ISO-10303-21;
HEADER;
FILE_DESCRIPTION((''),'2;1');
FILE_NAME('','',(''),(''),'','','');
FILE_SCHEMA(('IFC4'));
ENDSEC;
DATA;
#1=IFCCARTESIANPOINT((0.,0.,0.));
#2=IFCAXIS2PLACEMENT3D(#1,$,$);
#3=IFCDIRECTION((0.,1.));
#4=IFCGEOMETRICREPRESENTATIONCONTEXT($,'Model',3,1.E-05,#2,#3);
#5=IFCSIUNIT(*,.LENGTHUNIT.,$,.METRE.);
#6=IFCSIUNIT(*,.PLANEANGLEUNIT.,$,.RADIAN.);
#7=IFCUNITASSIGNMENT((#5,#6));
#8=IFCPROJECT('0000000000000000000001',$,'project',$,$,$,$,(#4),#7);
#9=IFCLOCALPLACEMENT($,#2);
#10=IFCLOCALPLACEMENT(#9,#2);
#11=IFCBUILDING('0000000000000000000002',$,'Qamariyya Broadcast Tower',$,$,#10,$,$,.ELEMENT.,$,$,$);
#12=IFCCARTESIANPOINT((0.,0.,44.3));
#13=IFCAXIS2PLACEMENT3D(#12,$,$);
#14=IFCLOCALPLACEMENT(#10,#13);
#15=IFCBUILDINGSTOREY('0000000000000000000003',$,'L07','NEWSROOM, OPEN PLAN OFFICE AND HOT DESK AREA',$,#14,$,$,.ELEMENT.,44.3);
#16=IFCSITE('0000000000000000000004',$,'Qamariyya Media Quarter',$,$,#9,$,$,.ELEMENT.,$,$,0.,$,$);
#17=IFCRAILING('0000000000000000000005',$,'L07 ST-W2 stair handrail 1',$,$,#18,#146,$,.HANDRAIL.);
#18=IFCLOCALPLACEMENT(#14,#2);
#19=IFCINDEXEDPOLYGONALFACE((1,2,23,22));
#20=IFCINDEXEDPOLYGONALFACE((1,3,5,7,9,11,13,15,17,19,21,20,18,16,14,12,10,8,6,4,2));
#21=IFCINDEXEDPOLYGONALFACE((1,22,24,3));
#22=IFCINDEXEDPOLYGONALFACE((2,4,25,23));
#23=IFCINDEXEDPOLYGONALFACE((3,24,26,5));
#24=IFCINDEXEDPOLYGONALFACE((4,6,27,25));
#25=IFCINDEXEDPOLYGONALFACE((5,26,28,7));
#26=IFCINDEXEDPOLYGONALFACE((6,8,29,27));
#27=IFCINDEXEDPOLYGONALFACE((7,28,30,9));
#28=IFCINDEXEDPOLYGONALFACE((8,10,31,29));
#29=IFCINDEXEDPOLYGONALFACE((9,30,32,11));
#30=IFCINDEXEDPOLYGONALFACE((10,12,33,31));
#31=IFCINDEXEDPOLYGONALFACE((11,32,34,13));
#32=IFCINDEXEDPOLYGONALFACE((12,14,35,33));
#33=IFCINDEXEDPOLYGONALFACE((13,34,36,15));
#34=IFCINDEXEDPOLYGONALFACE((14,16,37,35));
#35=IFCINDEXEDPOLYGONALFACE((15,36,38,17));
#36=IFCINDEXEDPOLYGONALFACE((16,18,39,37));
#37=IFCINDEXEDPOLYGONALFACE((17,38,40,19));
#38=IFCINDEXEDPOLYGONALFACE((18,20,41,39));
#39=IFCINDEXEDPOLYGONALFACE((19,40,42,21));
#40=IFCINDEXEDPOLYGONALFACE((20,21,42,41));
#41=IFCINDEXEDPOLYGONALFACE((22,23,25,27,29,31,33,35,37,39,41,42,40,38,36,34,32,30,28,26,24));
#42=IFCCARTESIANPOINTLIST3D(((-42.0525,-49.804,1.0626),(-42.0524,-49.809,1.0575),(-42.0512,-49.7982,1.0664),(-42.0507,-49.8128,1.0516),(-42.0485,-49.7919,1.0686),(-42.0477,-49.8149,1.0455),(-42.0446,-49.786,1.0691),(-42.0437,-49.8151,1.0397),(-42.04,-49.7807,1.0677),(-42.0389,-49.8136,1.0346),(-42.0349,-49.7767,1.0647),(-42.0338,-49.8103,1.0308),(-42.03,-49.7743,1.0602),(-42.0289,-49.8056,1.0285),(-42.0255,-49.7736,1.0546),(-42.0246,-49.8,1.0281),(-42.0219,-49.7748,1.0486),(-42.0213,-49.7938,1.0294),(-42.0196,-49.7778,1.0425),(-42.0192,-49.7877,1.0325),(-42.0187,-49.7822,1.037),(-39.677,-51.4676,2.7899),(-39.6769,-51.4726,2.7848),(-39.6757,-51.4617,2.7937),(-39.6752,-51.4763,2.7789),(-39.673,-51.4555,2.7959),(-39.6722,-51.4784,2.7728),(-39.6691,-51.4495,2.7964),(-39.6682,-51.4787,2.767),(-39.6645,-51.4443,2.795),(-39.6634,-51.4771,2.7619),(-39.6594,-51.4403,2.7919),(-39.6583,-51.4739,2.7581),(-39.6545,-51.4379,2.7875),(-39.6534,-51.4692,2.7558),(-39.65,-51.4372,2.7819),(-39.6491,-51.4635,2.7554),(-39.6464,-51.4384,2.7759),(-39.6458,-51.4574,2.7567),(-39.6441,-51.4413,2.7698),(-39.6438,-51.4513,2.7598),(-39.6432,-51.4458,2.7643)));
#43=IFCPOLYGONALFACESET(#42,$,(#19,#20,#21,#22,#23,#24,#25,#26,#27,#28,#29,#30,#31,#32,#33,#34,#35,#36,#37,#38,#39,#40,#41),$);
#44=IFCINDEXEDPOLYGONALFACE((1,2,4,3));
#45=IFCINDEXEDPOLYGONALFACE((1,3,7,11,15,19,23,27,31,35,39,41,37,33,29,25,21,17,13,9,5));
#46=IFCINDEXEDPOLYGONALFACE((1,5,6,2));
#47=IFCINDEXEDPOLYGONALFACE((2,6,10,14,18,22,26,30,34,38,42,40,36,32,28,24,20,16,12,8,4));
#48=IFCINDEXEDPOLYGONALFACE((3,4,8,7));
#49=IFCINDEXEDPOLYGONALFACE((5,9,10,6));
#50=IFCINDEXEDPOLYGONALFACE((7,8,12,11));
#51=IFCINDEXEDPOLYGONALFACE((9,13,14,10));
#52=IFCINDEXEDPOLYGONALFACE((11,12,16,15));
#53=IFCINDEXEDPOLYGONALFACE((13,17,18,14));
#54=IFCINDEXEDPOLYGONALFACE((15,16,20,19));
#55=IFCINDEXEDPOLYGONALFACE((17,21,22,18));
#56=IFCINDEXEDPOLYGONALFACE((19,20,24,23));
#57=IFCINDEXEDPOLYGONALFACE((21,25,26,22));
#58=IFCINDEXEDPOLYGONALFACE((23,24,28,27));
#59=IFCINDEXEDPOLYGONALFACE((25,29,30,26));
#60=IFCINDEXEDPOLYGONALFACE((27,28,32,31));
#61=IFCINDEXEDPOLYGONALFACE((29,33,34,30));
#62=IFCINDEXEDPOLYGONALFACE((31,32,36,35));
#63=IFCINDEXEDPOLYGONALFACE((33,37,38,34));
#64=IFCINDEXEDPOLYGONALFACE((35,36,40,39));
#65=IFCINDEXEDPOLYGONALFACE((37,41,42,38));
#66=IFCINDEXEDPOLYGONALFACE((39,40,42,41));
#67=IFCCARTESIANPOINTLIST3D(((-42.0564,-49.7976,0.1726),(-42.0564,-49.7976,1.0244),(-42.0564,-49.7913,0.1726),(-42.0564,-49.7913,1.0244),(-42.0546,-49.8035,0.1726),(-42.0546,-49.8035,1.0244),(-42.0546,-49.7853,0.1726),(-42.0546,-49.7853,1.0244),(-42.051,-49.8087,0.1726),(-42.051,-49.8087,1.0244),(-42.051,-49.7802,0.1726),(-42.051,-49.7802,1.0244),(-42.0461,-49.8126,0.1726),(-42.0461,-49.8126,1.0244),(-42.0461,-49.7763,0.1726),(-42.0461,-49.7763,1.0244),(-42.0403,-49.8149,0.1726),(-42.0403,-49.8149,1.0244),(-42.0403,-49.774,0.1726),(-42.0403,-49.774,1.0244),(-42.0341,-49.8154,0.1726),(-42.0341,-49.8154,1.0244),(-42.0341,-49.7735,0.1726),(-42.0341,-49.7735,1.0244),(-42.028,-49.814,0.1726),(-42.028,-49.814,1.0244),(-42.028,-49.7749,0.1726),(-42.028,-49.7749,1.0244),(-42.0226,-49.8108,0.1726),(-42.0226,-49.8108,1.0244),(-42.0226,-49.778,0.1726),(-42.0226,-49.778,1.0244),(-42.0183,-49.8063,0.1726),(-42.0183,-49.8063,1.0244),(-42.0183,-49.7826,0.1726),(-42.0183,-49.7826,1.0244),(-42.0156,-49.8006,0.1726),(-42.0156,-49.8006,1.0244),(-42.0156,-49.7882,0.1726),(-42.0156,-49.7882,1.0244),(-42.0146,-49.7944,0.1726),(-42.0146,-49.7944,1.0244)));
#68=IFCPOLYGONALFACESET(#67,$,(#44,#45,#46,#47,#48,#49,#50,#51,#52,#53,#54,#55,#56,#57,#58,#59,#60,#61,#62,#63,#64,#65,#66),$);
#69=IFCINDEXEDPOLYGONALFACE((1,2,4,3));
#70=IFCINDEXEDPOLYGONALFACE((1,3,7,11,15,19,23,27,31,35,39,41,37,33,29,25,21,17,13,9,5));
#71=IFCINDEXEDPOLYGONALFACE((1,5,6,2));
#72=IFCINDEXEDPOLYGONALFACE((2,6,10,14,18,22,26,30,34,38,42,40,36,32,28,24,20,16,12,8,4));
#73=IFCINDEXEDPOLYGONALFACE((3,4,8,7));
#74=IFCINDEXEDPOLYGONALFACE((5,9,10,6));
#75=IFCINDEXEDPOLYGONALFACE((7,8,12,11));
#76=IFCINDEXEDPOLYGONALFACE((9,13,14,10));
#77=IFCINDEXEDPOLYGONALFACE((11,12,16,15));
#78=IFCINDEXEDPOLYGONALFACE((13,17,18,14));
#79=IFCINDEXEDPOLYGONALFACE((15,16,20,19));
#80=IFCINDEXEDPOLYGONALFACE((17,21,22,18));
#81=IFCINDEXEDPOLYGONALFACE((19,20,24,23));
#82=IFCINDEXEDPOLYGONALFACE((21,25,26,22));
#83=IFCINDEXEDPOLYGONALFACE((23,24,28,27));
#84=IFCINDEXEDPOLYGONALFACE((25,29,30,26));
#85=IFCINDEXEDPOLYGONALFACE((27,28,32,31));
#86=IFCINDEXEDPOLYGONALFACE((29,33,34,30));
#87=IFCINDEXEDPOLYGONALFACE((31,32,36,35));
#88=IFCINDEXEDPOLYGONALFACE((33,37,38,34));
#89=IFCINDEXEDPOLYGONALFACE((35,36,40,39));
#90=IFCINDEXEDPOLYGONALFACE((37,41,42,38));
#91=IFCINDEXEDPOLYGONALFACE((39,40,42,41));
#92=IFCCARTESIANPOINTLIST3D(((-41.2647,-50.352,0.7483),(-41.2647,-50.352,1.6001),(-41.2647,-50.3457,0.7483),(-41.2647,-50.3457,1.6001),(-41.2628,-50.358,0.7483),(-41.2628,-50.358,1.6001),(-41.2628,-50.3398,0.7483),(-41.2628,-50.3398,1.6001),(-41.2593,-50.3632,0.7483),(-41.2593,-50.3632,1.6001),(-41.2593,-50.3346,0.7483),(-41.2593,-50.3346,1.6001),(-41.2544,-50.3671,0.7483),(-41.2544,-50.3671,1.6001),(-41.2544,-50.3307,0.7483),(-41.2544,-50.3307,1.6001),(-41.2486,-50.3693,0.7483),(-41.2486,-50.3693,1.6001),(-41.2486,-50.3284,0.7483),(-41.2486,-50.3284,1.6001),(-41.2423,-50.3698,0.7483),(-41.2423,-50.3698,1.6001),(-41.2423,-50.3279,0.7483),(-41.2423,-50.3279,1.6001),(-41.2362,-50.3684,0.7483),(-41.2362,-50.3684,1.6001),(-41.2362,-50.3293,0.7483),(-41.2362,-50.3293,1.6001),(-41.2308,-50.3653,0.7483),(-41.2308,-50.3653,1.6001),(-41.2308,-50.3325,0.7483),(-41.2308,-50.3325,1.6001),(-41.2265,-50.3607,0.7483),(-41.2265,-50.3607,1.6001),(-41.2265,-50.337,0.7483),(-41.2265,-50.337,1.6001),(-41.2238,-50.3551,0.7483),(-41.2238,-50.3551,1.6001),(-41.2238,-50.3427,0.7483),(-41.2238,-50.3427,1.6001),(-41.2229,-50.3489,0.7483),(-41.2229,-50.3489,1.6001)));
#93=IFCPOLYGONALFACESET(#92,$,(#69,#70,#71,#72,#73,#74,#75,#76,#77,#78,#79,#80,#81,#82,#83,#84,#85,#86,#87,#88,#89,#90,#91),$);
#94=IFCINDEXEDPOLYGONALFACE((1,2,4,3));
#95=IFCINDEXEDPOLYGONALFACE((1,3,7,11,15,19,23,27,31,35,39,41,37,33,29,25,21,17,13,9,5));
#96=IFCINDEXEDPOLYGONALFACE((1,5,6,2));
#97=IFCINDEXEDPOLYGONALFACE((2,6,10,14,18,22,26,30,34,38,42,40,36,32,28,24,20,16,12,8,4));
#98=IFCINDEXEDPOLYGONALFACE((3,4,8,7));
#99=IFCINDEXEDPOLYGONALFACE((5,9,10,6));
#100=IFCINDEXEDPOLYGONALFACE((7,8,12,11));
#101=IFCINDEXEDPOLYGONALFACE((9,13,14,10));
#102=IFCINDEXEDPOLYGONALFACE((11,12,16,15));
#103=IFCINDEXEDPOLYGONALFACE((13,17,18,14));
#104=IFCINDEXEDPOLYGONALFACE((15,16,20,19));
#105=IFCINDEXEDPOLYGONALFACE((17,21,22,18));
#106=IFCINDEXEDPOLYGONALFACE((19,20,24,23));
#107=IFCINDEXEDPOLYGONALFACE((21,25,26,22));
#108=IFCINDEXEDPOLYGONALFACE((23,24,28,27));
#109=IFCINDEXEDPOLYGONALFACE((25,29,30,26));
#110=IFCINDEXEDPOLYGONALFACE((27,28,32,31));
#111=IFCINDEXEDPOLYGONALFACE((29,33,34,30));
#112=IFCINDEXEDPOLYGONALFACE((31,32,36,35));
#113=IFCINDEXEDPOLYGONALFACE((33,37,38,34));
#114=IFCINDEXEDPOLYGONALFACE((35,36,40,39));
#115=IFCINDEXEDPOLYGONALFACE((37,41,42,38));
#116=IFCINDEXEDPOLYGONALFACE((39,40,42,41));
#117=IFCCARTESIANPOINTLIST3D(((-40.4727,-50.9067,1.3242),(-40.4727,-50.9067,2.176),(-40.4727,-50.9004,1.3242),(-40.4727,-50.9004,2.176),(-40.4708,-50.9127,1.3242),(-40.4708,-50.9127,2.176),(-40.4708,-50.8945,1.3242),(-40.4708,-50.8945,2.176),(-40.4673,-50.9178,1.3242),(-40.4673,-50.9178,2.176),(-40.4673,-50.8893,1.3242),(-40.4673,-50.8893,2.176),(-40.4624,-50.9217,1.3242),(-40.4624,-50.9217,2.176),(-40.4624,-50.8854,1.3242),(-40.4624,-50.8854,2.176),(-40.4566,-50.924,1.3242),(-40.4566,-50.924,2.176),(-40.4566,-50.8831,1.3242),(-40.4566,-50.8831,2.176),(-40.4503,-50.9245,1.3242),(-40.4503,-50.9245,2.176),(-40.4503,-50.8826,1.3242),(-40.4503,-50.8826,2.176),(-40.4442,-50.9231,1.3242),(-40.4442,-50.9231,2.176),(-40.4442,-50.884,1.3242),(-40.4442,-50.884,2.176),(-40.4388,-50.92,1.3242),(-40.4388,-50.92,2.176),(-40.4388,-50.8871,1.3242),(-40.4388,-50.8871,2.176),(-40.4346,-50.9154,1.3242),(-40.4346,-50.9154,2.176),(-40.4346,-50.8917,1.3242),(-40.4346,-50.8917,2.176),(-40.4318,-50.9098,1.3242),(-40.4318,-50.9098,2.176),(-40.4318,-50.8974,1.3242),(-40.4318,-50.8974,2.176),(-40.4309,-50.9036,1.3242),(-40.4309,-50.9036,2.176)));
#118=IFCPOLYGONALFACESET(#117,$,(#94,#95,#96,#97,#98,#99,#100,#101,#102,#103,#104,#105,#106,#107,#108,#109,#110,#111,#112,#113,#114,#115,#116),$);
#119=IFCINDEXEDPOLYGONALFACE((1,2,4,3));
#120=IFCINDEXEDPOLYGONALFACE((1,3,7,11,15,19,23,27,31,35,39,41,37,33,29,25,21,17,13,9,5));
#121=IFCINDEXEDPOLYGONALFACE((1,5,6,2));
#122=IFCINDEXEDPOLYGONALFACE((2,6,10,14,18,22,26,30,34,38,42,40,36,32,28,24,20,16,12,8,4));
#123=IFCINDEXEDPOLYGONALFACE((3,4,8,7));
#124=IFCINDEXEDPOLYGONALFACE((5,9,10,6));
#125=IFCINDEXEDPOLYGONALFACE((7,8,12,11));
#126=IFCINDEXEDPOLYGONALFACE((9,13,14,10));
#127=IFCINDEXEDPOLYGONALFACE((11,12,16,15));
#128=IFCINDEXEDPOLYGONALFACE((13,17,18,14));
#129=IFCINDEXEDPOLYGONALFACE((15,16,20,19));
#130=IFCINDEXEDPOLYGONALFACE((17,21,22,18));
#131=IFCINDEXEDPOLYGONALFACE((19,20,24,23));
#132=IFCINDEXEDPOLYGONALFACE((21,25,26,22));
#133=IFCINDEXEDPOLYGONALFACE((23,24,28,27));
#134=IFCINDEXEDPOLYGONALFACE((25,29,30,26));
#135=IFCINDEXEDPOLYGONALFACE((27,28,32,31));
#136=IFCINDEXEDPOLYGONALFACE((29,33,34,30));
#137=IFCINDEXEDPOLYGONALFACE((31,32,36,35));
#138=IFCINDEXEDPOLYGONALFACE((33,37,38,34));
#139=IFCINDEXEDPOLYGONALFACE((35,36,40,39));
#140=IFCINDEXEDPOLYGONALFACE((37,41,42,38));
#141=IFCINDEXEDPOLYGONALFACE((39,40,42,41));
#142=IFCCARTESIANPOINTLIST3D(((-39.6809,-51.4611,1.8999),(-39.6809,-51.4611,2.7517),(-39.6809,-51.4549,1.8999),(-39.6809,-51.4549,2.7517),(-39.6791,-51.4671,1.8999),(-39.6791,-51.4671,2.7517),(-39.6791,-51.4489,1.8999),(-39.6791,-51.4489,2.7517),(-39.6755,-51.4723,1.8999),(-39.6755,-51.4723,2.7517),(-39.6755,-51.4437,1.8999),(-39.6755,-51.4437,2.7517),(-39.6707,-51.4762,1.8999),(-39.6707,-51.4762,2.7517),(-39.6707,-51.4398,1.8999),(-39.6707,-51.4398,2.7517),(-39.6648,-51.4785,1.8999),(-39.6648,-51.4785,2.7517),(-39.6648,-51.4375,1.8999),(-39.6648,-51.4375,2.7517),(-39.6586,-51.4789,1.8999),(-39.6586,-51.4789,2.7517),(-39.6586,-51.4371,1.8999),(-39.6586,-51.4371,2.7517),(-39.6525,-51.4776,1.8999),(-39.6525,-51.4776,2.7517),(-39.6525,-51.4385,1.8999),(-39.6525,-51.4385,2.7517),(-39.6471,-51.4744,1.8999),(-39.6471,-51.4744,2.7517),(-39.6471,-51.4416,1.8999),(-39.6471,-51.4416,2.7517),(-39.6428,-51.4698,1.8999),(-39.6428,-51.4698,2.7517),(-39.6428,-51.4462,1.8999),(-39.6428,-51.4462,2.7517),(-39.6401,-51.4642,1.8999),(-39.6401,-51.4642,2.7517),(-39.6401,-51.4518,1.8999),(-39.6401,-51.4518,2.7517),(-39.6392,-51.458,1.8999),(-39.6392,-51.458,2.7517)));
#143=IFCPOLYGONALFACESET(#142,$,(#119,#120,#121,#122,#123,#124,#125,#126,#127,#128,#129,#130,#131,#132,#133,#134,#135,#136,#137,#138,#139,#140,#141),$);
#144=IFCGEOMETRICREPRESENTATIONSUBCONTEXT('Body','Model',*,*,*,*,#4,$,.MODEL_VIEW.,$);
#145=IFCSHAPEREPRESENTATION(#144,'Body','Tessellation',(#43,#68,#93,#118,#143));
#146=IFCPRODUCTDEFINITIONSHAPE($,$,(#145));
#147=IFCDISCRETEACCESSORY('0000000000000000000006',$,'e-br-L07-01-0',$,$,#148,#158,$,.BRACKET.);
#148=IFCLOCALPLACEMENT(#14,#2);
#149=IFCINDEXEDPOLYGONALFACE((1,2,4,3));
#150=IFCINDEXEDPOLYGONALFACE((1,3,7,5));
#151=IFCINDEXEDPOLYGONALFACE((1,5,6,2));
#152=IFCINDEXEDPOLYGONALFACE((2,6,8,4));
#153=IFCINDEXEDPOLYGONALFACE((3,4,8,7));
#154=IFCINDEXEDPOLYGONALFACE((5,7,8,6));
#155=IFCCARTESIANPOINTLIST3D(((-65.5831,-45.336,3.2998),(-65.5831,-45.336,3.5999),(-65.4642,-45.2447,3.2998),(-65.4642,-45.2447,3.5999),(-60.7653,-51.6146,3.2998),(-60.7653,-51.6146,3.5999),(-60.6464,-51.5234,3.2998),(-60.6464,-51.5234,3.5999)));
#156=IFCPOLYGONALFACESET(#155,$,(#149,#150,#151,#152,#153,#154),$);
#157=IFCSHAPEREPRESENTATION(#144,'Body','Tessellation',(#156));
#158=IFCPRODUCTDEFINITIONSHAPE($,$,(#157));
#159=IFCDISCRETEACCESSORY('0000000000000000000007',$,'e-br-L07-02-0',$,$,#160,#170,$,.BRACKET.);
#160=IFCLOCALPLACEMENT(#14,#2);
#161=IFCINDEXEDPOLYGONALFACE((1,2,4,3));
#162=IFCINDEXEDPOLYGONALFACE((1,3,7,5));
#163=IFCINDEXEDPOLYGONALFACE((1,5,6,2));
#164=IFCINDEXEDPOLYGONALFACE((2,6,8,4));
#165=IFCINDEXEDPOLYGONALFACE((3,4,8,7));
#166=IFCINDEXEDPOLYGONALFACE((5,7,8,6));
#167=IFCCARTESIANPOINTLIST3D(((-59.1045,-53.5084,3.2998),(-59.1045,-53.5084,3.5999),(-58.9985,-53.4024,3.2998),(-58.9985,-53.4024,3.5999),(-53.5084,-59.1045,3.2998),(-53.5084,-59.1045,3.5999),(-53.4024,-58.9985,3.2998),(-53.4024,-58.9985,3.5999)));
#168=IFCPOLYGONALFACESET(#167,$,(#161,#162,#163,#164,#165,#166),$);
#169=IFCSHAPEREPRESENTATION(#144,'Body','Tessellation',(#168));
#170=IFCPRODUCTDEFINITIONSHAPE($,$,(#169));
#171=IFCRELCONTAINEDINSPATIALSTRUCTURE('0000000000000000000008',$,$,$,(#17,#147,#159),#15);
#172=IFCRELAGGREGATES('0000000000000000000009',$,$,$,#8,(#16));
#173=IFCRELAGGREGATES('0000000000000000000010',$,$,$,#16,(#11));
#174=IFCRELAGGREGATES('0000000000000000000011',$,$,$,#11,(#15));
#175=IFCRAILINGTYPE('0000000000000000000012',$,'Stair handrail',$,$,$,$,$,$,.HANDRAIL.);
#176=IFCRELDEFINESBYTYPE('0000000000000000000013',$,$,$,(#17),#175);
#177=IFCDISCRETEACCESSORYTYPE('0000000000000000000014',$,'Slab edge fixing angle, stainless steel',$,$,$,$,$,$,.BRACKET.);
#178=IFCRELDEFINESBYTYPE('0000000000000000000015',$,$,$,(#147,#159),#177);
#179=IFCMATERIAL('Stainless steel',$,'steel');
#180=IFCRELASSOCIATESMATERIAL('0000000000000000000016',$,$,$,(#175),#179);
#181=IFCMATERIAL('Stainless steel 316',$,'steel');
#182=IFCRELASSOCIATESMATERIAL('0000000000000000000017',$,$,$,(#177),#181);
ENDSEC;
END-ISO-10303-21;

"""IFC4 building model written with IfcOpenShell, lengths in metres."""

from ifc_helpers import new_model, si_unit, direction, frame, origin, origin_2d, place, context, subcontext, project, spatial, rectangle, circle, extrude, material, type_object, element, save


model = new_model("IFC4")

# Units and contexts
model_context = context("Model", 3, precision=1e-05, world=origin(), true_north=direction((0.0, 1.0)))
body_context = subcontext(model_context, "Body", "Model", "MODEL_VIEW")
ifc_project = project(units=[si_unit("LENGTHUNIT", "METRE"), si_unit("PLANEANGLEUNIT", "RADIAN")], contexts=[model_context])

# Site, building, storey
site_placement = place(None, origin())
site = spatial("IfcSite", under=ifc_project, at=site_placement, Name="Qamariyya Media Quarter", CompositionType="ELEMENT", RefElevation=0.0)
building_placement = place(site_placement, origin())
building = spatial("IfcBuilding", under=site, at=building_placement, Name="Qamariyya Broadcast Tower", CompositionType="ELEMENT")
storey_placement = place(building_placement, frame((0.0, 0.0, 44.3)))
storey = spatial("IfcBuildingStorey", under=building, at=storey_placement, Name="L07", Description="NEWSROOM, OPEN PLAN OFFICE AND HOT DESK AREA", CompositionType="ELEMENT", Elevation=44.3)

# Railing
ifc_material_1 = material(Name="Stainless steel", Category="steel")
railing_type_1 = type_object("IfcRailingType", Name="Stair handrail", PredefinedType="HANDRAIL", material=ifc_material_1)
railing_1_placement = place(storey_placement, frame((-42.0356, -49.7944, 0.1726)))
element("IfcRailing", 1, at=railing_1_placement, inside=storey, type_object=railing_type_1, Name="L07 ST-W2 stair handrail 1", PredefinedType="HANDRAIL", context=body_context, shape_type="SweptSolid", body=[
    extrude(circle(Radius=0.0239, at=origin_2d()), frame((0.0, 0.0, 0.876), z_axis=(0.703745, -0.492838, 0.511716), x_axis=(0.573632, 0.819113, 0.0)), (0.0, 0.0, 1.0), 3.3755),
    extrude(circle(Radius=0.021, at=origin_2d()), origin(), (0.0, 0.0, 1.0), 0.8518),
    extrude(circle(Radius=0.021, at=origin_2d()), frame((0.7917, -0.5544, 0.5757)), (0.0, 0.0, 1.0), 0.8518),
    extrude(circle(Radius=0.021, at=origin_2d()), frame((1.5837, -1.1091, 1.1516)), (0.0, 0.0, 1.0), 0.8518),
    extrude(circle(Radius=0.021, at=origin_2d()), frame((2.3755, -1.6636, 1.7273)), (0.0, 0.0, 1.0), 0.8518),
])

# Discrete accessories
ifc_material_2 = material(Name="Stainless steel 316", Category="steel")
discrete_accessory_type = type_object("IfcDiscreteAccessoryType", Name="Slab edge fixing angle, stainless steel", PredefinedType="BRACKET", material=ifc_material_2)
for number, where, z_axis, x_axis, name in (
    (2, (-63.1147, -48.4297, 3.2998), (0.0, 0.0, 1.0), (0.608761, -0.793353, 0.0), "e-br-L07-01-0"),
    (3, (-56.2534, -56.2534, 3.2998), (0.0, 0.0, 1.0), (0.707107, -0.707107, 0.0), "e-br-L07-02-0"),
):
    element("IfcDiscreteAccessory", number, at=place(storey_placement, frame(where, z_axis=z_axis, x_axis=x_axis)), inside=storey, type_object=discrete_accessory_type, Name=name, PredefinedType="BRACKET", context=body_context, shape_type="SweptSolid", body=[
        extrude(rectangle(XDim=7.9141, YDim=0.1499, at=origin_2d()), origin(), (0.0, 0.0, 1.0), 0.3),
    ])

save(model, "model.ifc")
